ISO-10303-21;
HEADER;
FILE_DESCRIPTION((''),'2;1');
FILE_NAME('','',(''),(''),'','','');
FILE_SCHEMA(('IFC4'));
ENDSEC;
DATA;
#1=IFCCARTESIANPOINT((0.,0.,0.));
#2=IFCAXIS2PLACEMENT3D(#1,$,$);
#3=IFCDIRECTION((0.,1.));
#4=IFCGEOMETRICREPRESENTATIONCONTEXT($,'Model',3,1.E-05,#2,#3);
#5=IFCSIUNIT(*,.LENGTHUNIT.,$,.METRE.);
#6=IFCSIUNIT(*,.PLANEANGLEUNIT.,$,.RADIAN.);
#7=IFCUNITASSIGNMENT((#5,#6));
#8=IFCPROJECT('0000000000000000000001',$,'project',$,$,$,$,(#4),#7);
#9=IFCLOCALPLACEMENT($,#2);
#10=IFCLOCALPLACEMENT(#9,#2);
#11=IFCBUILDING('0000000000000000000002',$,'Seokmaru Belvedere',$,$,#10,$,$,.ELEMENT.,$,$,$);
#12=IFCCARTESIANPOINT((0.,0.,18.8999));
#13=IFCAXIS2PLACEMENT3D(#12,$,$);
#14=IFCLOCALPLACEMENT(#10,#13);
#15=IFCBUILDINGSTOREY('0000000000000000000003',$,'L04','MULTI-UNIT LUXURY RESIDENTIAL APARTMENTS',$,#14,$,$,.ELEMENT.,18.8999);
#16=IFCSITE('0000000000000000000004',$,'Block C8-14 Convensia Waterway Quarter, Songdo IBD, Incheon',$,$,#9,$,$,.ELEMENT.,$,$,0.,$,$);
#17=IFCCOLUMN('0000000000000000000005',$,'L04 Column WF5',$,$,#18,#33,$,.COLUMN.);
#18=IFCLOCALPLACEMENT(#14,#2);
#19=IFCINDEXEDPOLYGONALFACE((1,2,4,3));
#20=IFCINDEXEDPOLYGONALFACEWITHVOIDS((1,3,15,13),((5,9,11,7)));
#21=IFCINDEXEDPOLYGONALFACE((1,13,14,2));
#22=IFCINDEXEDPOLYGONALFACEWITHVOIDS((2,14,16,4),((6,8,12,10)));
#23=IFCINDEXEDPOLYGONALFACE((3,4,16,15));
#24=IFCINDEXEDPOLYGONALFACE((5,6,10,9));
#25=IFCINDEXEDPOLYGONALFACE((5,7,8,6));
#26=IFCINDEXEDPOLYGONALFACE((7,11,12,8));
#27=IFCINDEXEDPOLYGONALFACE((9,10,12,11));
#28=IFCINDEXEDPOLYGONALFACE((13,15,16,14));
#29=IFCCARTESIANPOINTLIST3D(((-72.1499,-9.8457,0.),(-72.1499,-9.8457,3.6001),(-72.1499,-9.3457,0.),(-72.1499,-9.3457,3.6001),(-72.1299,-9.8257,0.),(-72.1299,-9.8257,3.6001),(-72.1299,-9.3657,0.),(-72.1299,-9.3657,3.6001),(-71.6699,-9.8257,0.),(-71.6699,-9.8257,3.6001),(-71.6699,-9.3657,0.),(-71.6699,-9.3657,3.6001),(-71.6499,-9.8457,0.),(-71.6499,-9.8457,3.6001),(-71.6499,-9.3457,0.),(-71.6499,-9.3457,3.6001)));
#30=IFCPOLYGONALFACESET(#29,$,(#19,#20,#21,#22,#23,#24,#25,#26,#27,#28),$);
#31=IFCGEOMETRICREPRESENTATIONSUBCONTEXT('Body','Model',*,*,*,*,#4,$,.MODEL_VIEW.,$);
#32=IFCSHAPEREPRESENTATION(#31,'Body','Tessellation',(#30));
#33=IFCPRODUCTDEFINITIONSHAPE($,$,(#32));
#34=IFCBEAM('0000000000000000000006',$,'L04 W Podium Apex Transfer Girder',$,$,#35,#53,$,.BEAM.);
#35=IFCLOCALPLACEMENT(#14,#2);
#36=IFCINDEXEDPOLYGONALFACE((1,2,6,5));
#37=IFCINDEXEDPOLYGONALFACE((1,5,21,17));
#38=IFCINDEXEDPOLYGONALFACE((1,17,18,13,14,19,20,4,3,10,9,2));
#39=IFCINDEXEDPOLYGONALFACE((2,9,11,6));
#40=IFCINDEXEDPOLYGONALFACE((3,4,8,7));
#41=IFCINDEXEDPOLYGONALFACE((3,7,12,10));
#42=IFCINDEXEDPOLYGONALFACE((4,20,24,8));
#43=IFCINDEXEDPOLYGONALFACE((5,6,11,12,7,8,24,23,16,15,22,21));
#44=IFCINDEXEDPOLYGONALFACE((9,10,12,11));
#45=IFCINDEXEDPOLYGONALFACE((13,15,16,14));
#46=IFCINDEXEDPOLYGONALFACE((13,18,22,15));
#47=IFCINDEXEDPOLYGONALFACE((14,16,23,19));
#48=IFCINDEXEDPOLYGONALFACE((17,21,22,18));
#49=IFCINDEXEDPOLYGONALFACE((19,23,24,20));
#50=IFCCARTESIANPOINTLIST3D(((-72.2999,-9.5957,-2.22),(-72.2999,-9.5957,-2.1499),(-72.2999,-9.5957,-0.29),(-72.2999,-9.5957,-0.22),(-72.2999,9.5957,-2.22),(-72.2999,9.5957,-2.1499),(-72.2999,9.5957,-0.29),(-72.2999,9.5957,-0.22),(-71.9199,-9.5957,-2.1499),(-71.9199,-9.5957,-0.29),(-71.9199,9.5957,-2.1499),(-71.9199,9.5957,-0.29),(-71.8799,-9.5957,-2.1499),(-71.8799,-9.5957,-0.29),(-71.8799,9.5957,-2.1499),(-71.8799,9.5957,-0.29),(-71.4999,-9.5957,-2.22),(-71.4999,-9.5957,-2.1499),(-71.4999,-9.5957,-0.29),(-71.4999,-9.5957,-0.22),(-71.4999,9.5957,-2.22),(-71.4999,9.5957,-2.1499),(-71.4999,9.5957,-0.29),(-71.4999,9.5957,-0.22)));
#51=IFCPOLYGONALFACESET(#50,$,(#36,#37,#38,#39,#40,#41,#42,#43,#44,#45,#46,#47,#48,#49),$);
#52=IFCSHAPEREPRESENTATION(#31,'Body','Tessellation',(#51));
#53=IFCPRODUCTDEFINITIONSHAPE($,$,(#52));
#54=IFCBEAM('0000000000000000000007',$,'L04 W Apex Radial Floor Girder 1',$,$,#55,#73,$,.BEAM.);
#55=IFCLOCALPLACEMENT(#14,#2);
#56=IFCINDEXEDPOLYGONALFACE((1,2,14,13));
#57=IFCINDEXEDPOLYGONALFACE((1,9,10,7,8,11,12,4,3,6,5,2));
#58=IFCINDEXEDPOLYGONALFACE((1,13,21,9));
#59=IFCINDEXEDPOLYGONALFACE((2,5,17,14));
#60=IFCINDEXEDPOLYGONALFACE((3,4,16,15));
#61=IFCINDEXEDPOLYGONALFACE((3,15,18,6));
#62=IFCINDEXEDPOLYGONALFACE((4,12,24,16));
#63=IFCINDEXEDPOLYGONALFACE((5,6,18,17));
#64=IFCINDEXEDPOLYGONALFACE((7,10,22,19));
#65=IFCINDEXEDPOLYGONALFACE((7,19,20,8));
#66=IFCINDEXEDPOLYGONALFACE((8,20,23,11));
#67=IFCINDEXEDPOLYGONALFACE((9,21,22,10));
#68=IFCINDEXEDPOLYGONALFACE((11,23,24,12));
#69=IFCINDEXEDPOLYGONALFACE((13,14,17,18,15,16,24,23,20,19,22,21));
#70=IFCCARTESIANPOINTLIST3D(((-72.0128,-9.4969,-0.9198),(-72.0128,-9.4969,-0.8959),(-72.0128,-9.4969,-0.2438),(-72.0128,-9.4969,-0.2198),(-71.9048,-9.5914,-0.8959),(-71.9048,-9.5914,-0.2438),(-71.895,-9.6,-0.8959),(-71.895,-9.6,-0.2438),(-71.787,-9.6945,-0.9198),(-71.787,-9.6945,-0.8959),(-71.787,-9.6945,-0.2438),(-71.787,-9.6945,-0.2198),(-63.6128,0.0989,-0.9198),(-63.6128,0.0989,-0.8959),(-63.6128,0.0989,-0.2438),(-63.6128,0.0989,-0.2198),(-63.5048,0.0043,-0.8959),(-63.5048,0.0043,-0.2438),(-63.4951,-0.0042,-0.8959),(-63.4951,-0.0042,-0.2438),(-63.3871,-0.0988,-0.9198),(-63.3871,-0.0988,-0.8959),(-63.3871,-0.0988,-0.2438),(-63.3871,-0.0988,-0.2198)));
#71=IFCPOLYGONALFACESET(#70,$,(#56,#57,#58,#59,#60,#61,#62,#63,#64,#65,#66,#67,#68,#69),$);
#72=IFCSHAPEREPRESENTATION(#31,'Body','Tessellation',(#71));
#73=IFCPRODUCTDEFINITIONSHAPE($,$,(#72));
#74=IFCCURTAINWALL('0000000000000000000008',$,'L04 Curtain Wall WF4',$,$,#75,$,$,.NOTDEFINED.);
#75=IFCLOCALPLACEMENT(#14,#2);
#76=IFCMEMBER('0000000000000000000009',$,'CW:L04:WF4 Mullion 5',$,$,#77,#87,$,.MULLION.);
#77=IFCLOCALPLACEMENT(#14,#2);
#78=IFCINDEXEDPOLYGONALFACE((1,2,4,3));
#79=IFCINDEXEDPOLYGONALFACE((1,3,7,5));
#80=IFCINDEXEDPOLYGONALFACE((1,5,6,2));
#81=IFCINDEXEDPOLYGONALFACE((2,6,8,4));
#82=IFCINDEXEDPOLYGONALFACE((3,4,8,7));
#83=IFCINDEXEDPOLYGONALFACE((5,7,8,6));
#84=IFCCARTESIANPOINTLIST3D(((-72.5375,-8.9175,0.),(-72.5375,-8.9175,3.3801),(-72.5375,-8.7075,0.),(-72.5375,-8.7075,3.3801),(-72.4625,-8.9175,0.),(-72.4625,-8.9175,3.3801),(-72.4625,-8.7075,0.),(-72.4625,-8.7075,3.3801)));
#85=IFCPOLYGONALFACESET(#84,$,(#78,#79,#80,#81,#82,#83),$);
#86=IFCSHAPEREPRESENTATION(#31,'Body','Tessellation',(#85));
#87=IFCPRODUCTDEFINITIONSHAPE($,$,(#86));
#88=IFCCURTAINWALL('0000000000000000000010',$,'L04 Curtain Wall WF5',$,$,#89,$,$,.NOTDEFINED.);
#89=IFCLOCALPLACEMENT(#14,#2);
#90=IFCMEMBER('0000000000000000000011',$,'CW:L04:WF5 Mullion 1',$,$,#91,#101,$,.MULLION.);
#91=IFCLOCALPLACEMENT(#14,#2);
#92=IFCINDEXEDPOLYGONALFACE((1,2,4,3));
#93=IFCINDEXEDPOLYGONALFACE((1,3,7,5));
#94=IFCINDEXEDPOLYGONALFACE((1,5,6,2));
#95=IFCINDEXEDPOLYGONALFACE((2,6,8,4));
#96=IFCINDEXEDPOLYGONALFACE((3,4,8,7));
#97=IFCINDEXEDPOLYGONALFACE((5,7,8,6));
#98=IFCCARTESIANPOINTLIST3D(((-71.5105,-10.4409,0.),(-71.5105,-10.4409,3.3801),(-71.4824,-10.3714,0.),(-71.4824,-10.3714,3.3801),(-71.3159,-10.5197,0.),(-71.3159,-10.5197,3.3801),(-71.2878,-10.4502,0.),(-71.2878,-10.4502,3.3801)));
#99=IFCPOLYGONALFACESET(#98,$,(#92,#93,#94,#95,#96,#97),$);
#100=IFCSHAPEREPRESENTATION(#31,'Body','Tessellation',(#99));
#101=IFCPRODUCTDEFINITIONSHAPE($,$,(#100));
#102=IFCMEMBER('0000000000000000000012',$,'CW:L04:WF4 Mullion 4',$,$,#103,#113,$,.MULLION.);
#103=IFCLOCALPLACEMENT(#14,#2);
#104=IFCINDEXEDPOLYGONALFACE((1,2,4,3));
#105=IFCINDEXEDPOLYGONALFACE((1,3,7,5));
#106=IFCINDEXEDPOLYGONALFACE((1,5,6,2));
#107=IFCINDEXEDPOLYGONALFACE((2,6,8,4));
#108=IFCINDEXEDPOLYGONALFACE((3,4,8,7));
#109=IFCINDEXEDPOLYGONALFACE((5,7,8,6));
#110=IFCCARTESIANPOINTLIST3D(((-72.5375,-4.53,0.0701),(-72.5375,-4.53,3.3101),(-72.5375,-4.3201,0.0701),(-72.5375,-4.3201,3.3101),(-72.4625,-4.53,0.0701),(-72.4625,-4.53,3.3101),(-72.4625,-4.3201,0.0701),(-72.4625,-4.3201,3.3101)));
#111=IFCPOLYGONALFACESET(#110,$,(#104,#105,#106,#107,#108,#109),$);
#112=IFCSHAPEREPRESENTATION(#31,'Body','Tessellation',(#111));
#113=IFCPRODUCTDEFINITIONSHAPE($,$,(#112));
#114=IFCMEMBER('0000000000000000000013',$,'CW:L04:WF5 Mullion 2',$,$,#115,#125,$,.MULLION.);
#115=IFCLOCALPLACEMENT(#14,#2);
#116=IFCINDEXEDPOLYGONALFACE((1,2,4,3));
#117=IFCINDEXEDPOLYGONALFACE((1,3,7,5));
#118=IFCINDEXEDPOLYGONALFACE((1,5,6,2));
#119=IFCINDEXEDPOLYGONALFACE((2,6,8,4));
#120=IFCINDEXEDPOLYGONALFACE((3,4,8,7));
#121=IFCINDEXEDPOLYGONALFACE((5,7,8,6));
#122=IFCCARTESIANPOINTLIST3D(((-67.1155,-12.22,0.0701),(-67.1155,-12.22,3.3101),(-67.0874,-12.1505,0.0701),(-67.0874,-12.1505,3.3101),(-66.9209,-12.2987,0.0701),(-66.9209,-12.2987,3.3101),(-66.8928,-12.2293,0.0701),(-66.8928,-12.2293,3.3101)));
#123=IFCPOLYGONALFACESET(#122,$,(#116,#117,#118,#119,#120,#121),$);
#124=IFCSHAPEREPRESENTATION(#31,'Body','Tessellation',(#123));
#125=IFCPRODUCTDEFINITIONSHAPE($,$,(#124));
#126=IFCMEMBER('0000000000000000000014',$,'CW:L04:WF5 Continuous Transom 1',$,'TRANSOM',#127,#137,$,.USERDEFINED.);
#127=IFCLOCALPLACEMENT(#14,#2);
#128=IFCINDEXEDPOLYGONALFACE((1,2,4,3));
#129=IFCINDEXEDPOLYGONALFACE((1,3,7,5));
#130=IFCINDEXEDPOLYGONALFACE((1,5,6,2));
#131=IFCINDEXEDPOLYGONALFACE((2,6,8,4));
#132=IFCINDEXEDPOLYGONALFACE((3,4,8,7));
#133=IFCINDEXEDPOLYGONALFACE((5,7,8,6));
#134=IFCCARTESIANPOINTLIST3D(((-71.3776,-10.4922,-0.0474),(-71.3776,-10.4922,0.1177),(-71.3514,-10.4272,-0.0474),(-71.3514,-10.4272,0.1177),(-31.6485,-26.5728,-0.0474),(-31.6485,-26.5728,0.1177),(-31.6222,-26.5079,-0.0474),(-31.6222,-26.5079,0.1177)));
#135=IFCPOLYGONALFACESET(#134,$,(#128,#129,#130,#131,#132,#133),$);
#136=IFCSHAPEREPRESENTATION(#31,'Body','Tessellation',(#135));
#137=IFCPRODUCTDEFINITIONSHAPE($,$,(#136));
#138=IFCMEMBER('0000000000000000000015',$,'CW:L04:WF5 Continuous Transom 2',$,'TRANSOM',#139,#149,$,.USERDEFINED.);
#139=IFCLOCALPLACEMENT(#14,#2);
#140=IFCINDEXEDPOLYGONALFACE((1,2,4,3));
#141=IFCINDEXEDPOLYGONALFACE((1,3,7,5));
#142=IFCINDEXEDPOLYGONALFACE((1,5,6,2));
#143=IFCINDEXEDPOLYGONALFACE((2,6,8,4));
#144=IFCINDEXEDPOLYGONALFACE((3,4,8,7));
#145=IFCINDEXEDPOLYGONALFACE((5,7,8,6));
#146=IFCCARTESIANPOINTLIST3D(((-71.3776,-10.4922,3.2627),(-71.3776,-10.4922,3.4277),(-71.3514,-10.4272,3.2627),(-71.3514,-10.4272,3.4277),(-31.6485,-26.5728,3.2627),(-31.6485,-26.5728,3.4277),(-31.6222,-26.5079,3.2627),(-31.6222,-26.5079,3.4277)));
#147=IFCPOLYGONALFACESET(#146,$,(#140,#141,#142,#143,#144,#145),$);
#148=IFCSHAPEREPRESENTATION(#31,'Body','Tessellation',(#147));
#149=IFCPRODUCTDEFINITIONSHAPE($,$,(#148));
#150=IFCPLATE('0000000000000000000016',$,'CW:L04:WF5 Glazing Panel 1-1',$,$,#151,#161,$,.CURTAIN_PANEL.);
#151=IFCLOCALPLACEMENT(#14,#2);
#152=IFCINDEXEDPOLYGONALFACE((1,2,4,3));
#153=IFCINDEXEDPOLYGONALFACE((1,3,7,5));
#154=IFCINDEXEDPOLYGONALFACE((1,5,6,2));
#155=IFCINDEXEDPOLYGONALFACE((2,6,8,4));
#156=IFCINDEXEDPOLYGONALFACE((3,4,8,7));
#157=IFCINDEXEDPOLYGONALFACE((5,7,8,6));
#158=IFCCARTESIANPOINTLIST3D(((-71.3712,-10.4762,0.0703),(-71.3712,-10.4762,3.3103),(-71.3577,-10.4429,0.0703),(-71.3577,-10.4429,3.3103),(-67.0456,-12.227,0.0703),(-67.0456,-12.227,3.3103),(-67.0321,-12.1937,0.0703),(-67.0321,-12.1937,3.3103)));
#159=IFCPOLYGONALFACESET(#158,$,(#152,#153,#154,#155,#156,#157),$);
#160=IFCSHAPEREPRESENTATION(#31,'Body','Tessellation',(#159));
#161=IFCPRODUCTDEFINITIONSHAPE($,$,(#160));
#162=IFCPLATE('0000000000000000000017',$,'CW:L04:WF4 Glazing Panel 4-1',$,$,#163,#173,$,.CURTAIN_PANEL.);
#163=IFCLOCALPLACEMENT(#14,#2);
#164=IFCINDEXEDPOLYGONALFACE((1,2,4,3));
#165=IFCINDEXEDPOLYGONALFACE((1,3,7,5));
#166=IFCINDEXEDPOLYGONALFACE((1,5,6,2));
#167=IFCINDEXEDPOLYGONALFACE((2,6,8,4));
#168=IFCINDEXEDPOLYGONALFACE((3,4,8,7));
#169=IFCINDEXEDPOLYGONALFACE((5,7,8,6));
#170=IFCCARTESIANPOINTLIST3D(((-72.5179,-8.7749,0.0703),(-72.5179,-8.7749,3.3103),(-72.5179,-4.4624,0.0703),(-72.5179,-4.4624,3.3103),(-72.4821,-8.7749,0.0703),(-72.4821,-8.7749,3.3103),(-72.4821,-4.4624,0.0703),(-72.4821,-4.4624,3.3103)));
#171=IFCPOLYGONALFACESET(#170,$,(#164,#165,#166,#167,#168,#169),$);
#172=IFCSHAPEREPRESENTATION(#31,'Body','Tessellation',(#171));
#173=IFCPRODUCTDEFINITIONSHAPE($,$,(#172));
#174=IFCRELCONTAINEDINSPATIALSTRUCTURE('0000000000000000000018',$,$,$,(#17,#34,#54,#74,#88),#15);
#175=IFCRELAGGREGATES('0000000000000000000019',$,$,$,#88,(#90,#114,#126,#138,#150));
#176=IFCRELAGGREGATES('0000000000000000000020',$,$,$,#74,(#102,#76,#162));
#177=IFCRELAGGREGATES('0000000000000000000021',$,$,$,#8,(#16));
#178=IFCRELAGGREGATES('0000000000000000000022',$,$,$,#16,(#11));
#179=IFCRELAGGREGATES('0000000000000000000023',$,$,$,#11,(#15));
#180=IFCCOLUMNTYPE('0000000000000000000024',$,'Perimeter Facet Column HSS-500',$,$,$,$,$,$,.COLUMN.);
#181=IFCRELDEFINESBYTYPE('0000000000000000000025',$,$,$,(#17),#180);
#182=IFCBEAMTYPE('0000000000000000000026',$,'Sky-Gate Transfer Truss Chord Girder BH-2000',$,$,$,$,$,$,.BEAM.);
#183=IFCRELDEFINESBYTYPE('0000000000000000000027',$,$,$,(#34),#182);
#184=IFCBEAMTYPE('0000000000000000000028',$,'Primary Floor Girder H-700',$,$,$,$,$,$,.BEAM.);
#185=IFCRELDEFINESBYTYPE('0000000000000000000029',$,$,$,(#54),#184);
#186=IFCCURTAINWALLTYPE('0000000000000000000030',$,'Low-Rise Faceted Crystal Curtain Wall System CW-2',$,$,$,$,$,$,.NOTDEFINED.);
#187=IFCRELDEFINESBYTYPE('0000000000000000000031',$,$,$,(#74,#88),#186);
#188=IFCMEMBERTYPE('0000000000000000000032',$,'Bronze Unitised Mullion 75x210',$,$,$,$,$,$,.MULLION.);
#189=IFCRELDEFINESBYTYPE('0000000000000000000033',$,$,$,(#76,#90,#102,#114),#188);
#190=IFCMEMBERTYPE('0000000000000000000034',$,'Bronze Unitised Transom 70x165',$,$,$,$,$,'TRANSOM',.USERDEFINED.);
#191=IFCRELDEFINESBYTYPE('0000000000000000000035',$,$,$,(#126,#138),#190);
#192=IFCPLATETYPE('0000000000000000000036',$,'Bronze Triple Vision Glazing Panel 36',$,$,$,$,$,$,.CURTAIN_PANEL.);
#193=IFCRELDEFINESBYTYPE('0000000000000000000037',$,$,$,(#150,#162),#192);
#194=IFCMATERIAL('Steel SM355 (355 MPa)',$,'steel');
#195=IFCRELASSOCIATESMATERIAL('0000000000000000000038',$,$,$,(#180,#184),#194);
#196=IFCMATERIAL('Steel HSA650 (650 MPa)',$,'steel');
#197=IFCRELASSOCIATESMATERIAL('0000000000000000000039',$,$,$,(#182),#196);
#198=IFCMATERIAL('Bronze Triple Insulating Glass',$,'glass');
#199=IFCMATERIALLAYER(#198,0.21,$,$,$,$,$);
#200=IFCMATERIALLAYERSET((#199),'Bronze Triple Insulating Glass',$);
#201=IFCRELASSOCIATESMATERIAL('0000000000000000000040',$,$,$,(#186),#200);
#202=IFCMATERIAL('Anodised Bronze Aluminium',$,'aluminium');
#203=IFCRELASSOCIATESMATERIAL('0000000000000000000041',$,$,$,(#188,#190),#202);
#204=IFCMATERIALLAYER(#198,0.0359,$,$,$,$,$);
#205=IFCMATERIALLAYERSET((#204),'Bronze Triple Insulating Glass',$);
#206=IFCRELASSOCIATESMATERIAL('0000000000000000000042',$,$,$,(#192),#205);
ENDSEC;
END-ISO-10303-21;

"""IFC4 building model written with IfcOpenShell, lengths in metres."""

from ifc_helpers import new_model, si_unit, direction, frame, origin, origin_2d, place, context, subcontext, project, spatial, rectangle, hollow_rectangle, i_section, extrude, source, transform, mapped, material, layer, layer_set, material_profile, profile_set, type_object, type_shapes, element, aggregate, save


model = new_model("IFC4")

# Units and contexts
model_context = context("Model", 3, precision=1e-05, world=origin(), true_north=direction((0.0, 1.0)))
body_context = subcontext(model_context, "Body", "Model", "MODEL_VIEW")
ifc_project = project(units=[si_unit("LENGTHUNIT", "METRE"), si_unit("PLANEANGLEUNIT", "RADIAN")], contexts=[model_context])

# Site, building, storey
site_placement = place(None, origin())
site = spatial("IfcSite", under=ifc_project, at=site_placement, Name="Block C8-14 Convensia Waterway Quarter, Songdo IBD, Incheon", CompositionType="ELEMENT", RefElevation=0.0)
building_placement = place(site_placement, origin())
building = spatial("IfcBuilding", under=site, at=building_placement, Name="Seokmaru Belvedere", CompositionType="ELEMENT")
storey_placement = place(building_placement, frame((0.0, 0.0, 18.8999)))
storey = spatial("IfcBuildingStorey", under=building, at=storey_placement, Name="L04", Description="MULTI-UNIT LUXURY RESIDENTIAL APARTMENTS", CompositionType="ELEMENT", Elevation=18.8999)

# Column
ifc_material_1 = material(Name="Steel SM355 (355 MPa)", Category="steel")
ifc_material_profile_1 = material_profile(ifc_material_1, hollow_rectangle(XDim=0.5, YDim=0.5, WallThickness=0.02, at=origin_2d()), Name="HSS-500x500x20")
ifc_profile_set_1 = profile_set([ifc_material_profile_1], Name="Steel SM355 (355 MPa)")
column_type = type_object("IfcColumnType", Name="Perimeter Facet Column HSS-500", PredefinedType="COLUMN", material=ifc_profile_set_1)
shared_shape_1 = source(origin(), body_context, "Body", "SweptSolid", [
    extrude(hollow_rectangle(XDim=0.5, YDim=0.5, WallThickness=0.02, at=origin_2d()), origin(), (0.0, 0.0, 1.0), 3.6001),
])
type_shapes(column_type, [shared_shape_1])
column_placement = place(storey_placement, frame((-71.8999, -9.5957, 0.0), z_axis=(0.0, 0.0, 1.0), x_axis=(1.0, 0.0, 0.0)))
element("IfcColumn", 1, at=column_placement, inside=storey, type_object=column_type, Name="L04 Column WF5", PredefinedType="COLUMN", context=body_context, shape_type="MappedRepresentation", body=[
    mapped(shared_shape_1, transform((0.0, 0.0, 0.0), scale=1.0)),
])

# Beams
ifc_material_2 = material(Name="Steel HSA650 (650 MPa)", Category="steel")
ifc_material_profile_2 = material_profile(ifc_material_2, i_section(OverallWidth=0.8, OverallDepth=2.0, WebThickness=0.04, FlangeThickness=0.0701, at=origin_2d()), Name="BH-2000x800x40x70")
ifc_profile_set_2 = profile_set([ifc_material_profile_2], Name="Steel HSA650 (650 MPa)")
beam_type_1 = type_object("IfcBeamType", Name="Sky-Gate Transfer Truss Chord Girder BH-2000", PredefinedType="BEAM", material=ifc_profile_set_2)
shared_shape_2 = source(origin(), body_context, "Body", "SweptSolid", [
    extrude(i_section(OverallWidth=0.8, OverallDepth=2.0, WebThickness=0.04, FlangeThickness=0.0701, at=origin_2d()), origin(), (0.0, 0.0, 1.0), 19.1914),
])
type_shapes(beam_type_1, [shared_shape_2])
beam_1_placement = place(storey_placement, frame((-71.8999, -9.5957, -1.22), z_axis=(0.0, 1.0, 0.0), x_axis=(-1.0, 0.0, 0.0)))
element("IfcBeam", 2, at=beam_1_placement, inside=storey, type_object=beam_type_1, Name="L04 W Podium Apex Transfer Girder", PredefinedType="BEAM", context=body_context, shape_type="MappedRepresentation", body=[
    mapped(shared_shape_2, transform((0.0, 0.0, 0.0), scale=1.0)),
])
ifc_material_profile_3 = material_profile(ifc_material_1, i_section(OverallWidth=0.3, OverallDepth=0.7, WebThickness=0.0129, FlangeThickness=0.0239, at=origin_2d()), Name="H-700x300x13x24")
ifc_profile_set_3 = profile_set([ifc_material_profile_3], Name="Steel SM355 (355 MPa)")
beam_type_2 = type_object("IfcBeamType", Name="Primary Floor Girder H-700", PredefinedType="BEAM", material=ifc_profile_set_3)
shared_shape_3 = source(origin(), body_context, "Body", "SweptSolid", [
    extrude(i_section(OverallWidth=0.3, OverallDepth=0.7, WebThickness=0.0129, FlangeThickness=0.0239, at=origin_2d()), origin(), (0.0, 0.0, 1.0), 12.7529),
])
type_shapes(beam_type_2, [shared_shape_3])
beam_2_placement = place(storey_placement, frame((-71.8999, -9.5957, -0.5698), z_axis=(0.658667, 0.752434, 0.0), x_axis=(-0.752434, 0.658667, 0.0)))
element("IfcBeam", 3, at=beam_2_placement, inside=storey, type_object=beam_type_2, Name="L04 W Apex Radial Floor Girder 1", PredefinedType="BEAM", context=body_context, shape_type="MappedRepresentation", body=[
    mapped(shared_shape_3, transform((0.0, 0.0, 0.0), scale=1.0)),
])

# Curtain walls, members
ifc_material_3 = material(Name="Bronze Triple Insulating Glass", Category="glass")
ifc_layer_1 = layer(ifc_material_3, 0.21)
ifc_layer_set_1 = layer_set([ifc_layer_1], Name="Bronze Triple Insulating Glass")
curtain_wall_type = type_object("IfcCurtainWallType", Name="Low-Rise Faceted Crystal Curtain Wall System CW-2", PredefinedType="NOTDEFINED", material=ifc_layer_set_1)
curtain_wall_1_placement = place(storey_placement, origin())
curtain_wall_1 = element("IfcCurtainWall", 4, at=curtain_wall_1_placement, inside=storey, type_object=curtain_wall_type, Name="L04 Curtain Wall WF4", PredefinedType="NOTDEFINED")
ifc_material_4 = material(Name="Anodised Bronze Aluminium", Category="aluminium")
ifc_material_profile_4 = material_profile(ifc_material_4, rectangle(XDim=0.075, YDim=0.21, at=origin_2d()), Name="CW-M-75x210")
ifc_profile_set_4 = profile_set([ifc_material_profile_4], Name="Anodised Bronze Aluminium")
member_type_1 = type_object("IfcMemberType", Name="Bronze Unitised Mullion 75x210", PredefinedType="MULLION", material=ifc_profile_set_4)
shared_shape_4 = source(origin(), body_context, "Body", "SweptSolid", [
    extrude(rectangle(XDim=0.075, YDim=0.21, at=origin_2d()), origin(), (0.0, 0.0, 1.0), 3.3801),
])
member_1_placement = place(storey_placement, frame((-72.5, -8.8125, 0.0), z_axis=(0.0, 0.0, 1.0), x_axis=(1.0, 0.0, 0.0)))
member_1 = element("IfcMember", 5, at=member_1_placement, type_object=member_type_1, Name="CW:L04:WF4 Mullion 5", PredefinedType="MULLION", context=body_context, shape_type="MappedRepresentation", body=[
    mapped(shared_shape_4, transform((0.0, 0.0, 0.0), scale=1.0)),
])
curtain_wall_2_placement = place(storey_placement, origin())
curtain_wall_2 = element("IfcCurtainWall", 6, at=curtain_wall_2_placement, inside=storey, type_object=curtain_wall_type, Name="L04 Curtain Wall WF5", PredefinedType="NOTDEFINED")
member_2_placement = place(storey_placement, frame((-71.3992, -10.4456, 0.0), z_axis=(0.0, 0.0, 1.0), x_axis=(0.375192, 0.926947, 0.0)))
member_2 = element("IfcMember", 7, at=member_2_placement, type_object=member_type_1, Name="CW:L04:WF5 Mullion 1", PredefinedType="MULLION", context=body_context, shape_type="MappedRepresentation", body=[
    mapped(shared_shape_4, transform((0.0, 0.0, 0.0), scale=1.0)),
])

# Members
shared_shape_5 = source(origin(), body_context, "Body", "SweptSolid", [
    extrude(rectangle(XDim=0.075, YDim=0.21, at=origin_2d()), origin(), (0.0, 0.0, 1.0), 3.24),
])
type_shapes(member_type_1, [shared_shape_4, shared_shape_5])
member_3_placement = place(storey_placement, frame((-72.5, -4.425, 0.0701), z_axis=(0.0, 0.0, 1.0), x_axis=(1.0, 0.0, 0.0)))
member_3 = element("IfcMember", 8, at=member_3_placement, type_object=member_type_1, Name="CW:L04:WF4 Mullion 4", PredefinedType="MULLION", context=body_context, shape_type="MappedRepresentation", body=[
    mapped(shared_shape_5, transform((0.0, 0.0, 0.0), scale=1.0)),
])
member_4_placement = place(storey_placement, frame((-67.0042, -12.2246, 0.0701), z_axis=(0.0, 0.0, 1.0), x_axis=(0.375192, 0.926947, 0.0)))
member_4 = element("IfcMember", 9, at=member_4_placement, type_object=member_type_1, Name="CW:L04:WF5 Mullion 2", PredefinedType="MULLION", context=body_context, shape_type="MappedRepresentation", body=[
    mapped(shared_shape_5, transform((0.0, 0.0, 0.0), scale=1.0)),
])
ifc_material_profile_5 = material_profile(ifc_material_4, rectangle(XDim=0.0701, YDim=0.165, at=origin_2d()), Name="CW-T-70x165")
ifc_profile_set_5 = profile_set([ifc_material_profile_5], Name="Anodised Bronze Aluminium")
member_type_2 = type_object("IfcMemberType", Name="Bronze Unitised Transom 70x165", ElementType="TRANSOM", PredefinedType="USERDEFINED", material=ifc_profile_set_5)
shared_shape_6 = source(origin(), body_context, "Body", "SweptSolid", [
    extrude(rectangle(XDim=0.0701, YDim=0.165, at=origin_2d()), origin(), (0.0, 0.0, 1.0), 42.8601),
])
type_shapes(member_type_2, [shared_shape_6])
member_5_placement = place(storey_placement, frame((-71.3645, -10.4597, 0.0352), z_axis=(0.926949, -0.375188, 0.0), x_axis=(0.375188, 0.926949, 0.0)))
member_5 = element("IfcMember", 10, at=member_5_placement, type_object=member_type_2, Name="CW:L04:WF5 Continuous Transom 1", ObjectType="TRANSOM", PredefinedType="USERDEFINED", context=body_context, shape_type="MappedRepresentation", body=[
    mapped(shared_shape_6, transform((0.0, 0.0, 0.0), scale=1.0)),
])
member_6_placement = place(storey_placement, frame((-71.3645, -10.4597, 3.3452), z_axis=(0.926949, -0.375188, 0.0), x_axis=(0.375188, 0.926949, 0.0)))
member_6 = element("IfcMember", 11, at=member_6_placement, type_object=member_type_2, Name="CW:L04:WF5 Continuous Transom 2", ObjectType="TRANSOM", PredefinedType="USERDEFINED", context=body_context, shape_type="MappedRepresentation", body=[
    mapped(shared_shape_6, transform((0.0, 0.0, 0.0), scale=1.0)),
])

# Plates
ifc_layer_2 = layer(ifc_material_3, 0.0359)
ifc_layer_set_2 = layer_set([ifc_layer_2], Name="Bronze Triple Insulating Glass")
plate_type = type_object("IfcPlateType", Name="Bronze Triple Vision Glazing Panel 36", PredefinedType="CURTAIN_PANEL", material=ifc_layer_set_2)
shared_shape_7 = source(origin(), body_context, "Body", "SweptSolid", [
    extrude(rectangle(XDim=4.6665, YDim=0.0359, at=origin_2d()), origin(), (0.0, 0.0, 1.0), 3.24),
])
plate_1_placement = place(storey_placement, frame((-69.2017, -11.335, 0.0703), z_axis=(0.0, 0.0, 1.0), x_axis=(0.926947, -0.375192, 0.0)))
plate_1 = element("IfcPlate", 12, at=plate_1_placement, type_object=plate_type, Name="CW:L04:WF5 Glazing Panel 1-1", PredefinedType="CURTAIN_PANEL", context=body_context, shape_type="MappedRepresentation", body=[
    mapped(shared_shape_7, transform((0.0, 0.0, 0.0), scale=1.0)),
])
aggregate(curtain_wall_2, [member_2, member_4, member_5, member_6, plate_1])
shared_shape_8 = source(origin(), body_context, "Body", "SweptSolid", [
    extrude(rectangle(XDim=4.3125, YDim=0.0359, at=origin_2d()), origin(), (0.0, 0.0, 1.0), 3.24),
])
type_shapes(plate_type, [shared_shape_7, shared_shape_8])
plate_2_placement = place(storey_placement, frame((-72.5, -6.6187, 0.0703), z_axis=(0.0, 0.0, 1.0), x_axis=(0.0, -1.0, 0.0)))
plate_2 = element("IfcPlate", 13, at=plate_2_placement, type_object=plate_type, Name="CW:L04:WF4 Glazing Panel 4-1", PredefinedType="CURTAIN_PANEL", context=body_context, shape_type="MappedRepresentation", body=[
    mapped(shared_shape_8, transform((0.0, 0.0, 0.0), scale=1.0)),
])
aggregate(curtain_wall_1, [member_3, member_1, plate_2])

save(model, "model.ifc")
